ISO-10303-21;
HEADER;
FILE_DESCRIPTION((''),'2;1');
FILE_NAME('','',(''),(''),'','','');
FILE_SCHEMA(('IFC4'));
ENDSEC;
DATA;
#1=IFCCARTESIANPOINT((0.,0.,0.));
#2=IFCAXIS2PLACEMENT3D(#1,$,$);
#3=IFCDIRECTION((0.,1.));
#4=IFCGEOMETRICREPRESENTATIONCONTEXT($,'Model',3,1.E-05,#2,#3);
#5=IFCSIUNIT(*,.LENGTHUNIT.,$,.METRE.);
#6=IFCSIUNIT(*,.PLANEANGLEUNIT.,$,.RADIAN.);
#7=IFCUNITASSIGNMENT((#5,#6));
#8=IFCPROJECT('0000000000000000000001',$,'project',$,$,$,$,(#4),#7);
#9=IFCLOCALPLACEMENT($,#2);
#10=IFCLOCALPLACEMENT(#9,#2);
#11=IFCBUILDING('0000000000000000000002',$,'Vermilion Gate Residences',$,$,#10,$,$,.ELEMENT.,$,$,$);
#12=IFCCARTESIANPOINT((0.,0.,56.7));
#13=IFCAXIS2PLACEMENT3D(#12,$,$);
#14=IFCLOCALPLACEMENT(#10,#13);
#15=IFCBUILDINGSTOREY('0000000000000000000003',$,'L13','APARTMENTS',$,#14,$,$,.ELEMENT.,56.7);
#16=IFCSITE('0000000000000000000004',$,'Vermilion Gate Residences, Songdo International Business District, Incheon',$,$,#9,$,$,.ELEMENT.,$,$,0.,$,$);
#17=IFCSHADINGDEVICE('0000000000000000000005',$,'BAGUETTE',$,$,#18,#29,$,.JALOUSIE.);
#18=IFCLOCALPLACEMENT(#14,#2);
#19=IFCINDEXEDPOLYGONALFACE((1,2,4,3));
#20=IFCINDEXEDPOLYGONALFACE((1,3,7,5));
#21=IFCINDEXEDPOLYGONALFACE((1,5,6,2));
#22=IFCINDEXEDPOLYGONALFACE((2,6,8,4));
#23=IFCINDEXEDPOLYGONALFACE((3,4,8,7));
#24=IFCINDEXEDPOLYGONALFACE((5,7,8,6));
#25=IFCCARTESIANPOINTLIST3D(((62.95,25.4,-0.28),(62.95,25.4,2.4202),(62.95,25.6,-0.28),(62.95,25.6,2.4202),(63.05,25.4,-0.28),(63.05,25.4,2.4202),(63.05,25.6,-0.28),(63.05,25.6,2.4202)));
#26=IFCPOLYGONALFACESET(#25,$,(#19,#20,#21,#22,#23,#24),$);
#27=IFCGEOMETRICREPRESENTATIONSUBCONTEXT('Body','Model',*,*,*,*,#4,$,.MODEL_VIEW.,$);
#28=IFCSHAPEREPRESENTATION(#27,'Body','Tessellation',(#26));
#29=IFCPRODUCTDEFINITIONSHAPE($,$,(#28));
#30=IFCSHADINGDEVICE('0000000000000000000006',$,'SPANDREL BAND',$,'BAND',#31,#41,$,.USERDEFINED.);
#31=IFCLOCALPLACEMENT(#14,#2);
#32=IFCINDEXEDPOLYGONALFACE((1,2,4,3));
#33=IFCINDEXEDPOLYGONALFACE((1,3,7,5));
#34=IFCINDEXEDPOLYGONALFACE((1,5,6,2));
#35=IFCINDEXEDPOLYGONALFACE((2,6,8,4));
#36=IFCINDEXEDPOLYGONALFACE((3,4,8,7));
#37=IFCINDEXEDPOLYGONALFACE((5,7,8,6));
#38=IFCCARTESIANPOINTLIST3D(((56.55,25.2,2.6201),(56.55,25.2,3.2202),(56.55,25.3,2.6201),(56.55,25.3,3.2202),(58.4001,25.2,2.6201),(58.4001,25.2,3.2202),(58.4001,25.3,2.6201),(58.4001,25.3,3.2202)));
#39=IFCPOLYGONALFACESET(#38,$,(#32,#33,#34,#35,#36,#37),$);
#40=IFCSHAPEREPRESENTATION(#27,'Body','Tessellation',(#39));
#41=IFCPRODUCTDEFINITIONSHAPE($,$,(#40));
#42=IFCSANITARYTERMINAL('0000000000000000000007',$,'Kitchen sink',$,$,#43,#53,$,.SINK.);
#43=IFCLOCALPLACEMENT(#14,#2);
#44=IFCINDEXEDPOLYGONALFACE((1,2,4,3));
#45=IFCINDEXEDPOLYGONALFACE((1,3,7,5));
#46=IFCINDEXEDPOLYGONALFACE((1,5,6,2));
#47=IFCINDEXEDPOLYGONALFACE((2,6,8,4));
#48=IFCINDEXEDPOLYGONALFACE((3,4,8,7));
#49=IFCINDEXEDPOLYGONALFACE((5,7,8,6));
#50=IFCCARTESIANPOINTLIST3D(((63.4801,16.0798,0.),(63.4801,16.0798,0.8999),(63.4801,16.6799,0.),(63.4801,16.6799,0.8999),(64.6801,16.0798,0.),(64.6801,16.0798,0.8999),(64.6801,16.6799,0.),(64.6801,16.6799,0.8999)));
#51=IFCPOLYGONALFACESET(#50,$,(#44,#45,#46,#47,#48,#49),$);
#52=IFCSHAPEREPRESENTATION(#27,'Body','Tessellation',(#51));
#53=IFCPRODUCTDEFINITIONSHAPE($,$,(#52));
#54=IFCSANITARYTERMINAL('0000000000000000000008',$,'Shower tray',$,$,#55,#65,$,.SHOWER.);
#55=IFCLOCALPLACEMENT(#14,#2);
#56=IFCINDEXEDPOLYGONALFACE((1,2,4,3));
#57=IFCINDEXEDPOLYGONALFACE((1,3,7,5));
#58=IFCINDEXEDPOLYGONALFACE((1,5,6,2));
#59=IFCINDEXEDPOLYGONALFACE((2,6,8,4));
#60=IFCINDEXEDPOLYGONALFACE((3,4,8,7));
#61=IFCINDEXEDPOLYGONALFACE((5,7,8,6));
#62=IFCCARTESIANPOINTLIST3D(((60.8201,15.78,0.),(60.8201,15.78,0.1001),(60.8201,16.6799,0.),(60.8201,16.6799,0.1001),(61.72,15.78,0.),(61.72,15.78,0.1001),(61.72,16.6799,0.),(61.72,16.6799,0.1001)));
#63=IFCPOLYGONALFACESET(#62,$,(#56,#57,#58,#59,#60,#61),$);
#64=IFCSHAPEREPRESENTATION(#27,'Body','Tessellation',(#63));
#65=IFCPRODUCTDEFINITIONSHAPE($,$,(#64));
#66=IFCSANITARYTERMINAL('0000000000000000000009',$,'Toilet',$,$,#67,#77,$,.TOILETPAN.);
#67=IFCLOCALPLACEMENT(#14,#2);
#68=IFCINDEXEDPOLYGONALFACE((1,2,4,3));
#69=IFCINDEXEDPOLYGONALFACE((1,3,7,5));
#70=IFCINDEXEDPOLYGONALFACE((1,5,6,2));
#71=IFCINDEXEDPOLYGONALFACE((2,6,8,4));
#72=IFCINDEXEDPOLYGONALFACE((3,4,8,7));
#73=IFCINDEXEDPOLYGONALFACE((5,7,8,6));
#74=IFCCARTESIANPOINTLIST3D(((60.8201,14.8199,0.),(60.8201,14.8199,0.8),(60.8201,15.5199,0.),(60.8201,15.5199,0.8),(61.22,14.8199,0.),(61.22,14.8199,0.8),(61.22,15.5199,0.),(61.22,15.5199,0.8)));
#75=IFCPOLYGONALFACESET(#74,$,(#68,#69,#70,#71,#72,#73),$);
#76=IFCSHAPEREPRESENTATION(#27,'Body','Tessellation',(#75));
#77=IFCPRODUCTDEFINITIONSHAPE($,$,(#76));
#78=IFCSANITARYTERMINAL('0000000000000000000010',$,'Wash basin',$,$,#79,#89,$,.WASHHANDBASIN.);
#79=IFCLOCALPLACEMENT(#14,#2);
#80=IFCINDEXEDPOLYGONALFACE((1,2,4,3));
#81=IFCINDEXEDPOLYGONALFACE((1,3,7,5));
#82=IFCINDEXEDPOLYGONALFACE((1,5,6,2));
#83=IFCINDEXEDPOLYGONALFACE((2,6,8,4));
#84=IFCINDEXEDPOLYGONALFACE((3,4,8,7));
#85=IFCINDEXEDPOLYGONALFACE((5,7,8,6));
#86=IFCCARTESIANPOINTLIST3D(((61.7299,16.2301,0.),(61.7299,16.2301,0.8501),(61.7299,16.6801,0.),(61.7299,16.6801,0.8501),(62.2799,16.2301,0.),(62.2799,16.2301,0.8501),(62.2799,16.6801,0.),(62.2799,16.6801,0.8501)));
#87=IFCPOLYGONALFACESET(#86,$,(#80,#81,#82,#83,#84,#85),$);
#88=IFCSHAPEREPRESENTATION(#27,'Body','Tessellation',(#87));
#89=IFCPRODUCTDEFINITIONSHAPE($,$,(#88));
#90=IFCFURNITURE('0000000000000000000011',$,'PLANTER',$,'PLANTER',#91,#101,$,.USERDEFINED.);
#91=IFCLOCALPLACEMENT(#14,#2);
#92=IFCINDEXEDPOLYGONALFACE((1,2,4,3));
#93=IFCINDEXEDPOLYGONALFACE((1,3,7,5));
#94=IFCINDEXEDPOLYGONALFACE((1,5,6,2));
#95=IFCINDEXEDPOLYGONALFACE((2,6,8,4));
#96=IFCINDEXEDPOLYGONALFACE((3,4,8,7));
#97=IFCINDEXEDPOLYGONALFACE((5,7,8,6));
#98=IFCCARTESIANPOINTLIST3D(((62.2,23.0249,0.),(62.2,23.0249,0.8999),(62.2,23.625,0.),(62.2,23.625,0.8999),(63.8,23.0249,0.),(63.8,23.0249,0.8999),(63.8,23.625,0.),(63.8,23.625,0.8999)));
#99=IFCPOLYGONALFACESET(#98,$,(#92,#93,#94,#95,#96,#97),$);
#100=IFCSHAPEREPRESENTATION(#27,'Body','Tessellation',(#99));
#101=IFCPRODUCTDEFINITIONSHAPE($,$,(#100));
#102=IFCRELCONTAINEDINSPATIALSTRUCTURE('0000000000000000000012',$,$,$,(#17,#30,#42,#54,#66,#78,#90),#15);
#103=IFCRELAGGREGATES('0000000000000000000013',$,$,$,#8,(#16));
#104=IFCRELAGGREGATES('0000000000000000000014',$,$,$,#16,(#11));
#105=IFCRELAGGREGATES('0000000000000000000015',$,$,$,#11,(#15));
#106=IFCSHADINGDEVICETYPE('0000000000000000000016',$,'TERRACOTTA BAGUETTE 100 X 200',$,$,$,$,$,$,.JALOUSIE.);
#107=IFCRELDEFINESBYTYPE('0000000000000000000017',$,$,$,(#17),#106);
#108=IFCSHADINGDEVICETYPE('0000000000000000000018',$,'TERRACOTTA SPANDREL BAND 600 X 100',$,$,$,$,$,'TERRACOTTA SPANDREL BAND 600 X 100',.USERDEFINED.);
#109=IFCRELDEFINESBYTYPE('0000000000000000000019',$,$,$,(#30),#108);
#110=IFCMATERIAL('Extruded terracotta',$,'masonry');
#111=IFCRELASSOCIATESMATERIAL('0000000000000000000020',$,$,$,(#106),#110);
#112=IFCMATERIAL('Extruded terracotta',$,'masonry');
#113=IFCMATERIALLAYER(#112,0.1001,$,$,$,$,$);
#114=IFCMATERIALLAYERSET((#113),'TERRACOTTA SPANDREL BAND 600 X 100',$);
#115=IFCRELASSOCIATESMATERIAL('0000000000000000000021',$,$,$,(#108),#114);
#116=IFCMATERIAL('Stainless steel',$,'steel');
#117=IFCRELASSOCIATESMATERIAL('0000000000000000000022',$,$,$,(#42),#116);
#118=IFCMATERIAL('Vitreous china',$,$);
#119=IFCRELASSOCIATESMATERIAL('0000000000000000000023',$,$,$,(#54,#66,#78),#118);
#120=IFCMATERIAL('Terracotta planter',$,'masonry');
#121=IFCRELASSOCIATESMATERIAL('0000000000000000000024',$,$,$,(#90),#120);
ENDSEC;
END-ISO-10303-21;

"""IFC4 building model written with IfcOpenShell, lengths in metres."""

from ifc_helpers import new_model, si_unit, direction, frame, origin, origin_2d, place, context, subcontext, project, spatial, rectangle, extrude, material, layer, layer_set, material_profile, profile_set, type_object, element, save


model = new_model("IFC4")

# Units and contexts
model_context = context("Model", 3, precision=1e-05, world=origin(), true_north=direction((0.0, 1.0)))
body_context = subcontext(model_context, "Body", "Model", "MODEL_VIEW")
ifc_project = project(units=[si_unit("LENGTHUNIT", "METRE"), si_unit("PLANEANGLEUNIT", "RADIAN")], contexts=[model_context])

# Site, building, storey
site_placement = place(None, origin())
site = spatial("IfcSite", under=ifc_project, at=site_placement, Name="Vermilion Gate Residences, Songdo International Business District, Incheon", CompositionType="ELEMENT", RefElevation=0.0)
building_placement = place(site_placement, origin())
building = spatial("IfcBuilding", under=site, at=building_placement, Name="Vermilion Gate Residences", CompositionType="ELEMENT")
storey_placement = place(building_placement, frame((0.0, 0.0, 56.7)))
storey = spatial("IfcBuildingStorey", under=building, at=storey_placement, Name="L13", Description="APARTMENTS", CompositionType="ELEMENT", Elevation=56.7)

# Shading devices
ifc_material_1 = material(Name="Extruded terracotta", Category="masonry")
ifc_material_profile_1 = material_profile(ifc_material_1, rectangle(XDim=0.2, YDim=0.1001, at=origin_2d()), Name="BAGUETTE 100 X 200")
ifc_profile_set_1 = profile_set([ifc_material_profile_1], Name="Extruded terracotta")
shading_device_type_1 = type_object("IfcShadingDeviceType", Name="TERRACOTTA BAGUETTE 100 X 200", PredefinedType="JALOUSIE", material=ifc_profile_set_1)
for number, where, z_axis, x_axis, name in (
    (1, (63.0, 25.5, -0.28), (0.0, 0.0, 1.0), (0.0, -1.0, 0.0), "BAGUETTE"),
):
    element("IfcShadingDevice", number, at=place(storey_placement, frame(where, z_axis=z_axis, x_axis=x_axis)), inside=storey, type_object=shading_device_type_1, Name=name, PredefinedType="JALOUSIE", context=body_context, shape_type="SweptSolid", body=[
        extrude(rectangle(XDim=0.2, YDim=0.1001, at=origin_2d()), origin(), (0.0, 0.0, 1.0), 2.7002),
    ])
ifc_material_2 = material(Name="Extruded terracotta", Category="masonry")
ifc_layer_1 = layer(ifc_material_2, 0.1001)
ifc_layer_set_1 = layer_set([ifc_layer_1], Name="TERRACOTTA SPANDREL BAND 600 X 100")
shading_device_type_2 = type_object("IfcShadingDeviceType", Name="TERRACOTTA SPANDREL BAND 600 X 100", ElementType="TERRACOTTA SPANDREL BAND 600 X 100", PredefinedType="USERDEFINED", material=ifc_layer_set_1)
shading_device_1_placement = place(storey_placement, frame((57.4751, 25.25, 2.6201), z_axis=(0.0, 0.0, 1.0), x_axis=(1.0, 0.0, 0.0)))
element("IfcShadingDevice", 2, at=shading_device_1_placement, inside=storey, type_object=shading_device_type_2, Name="SPANDREL BAND", ObjectType="BAND", PredefinedType="USERDEFINED", context=body_context, shape_type="SweptSolid", body=[
    extrude(rectangle(XDim=1.8501, YDim=0.1001, at=origin_2d()), origin(), (0.0, 0.0, 1.0), 0.6001),
])

# Sanitary terminals
ifc_material_3 = material(Name="Stainless steel", Category="steel")
sanitary_terminal_1_placement = place(storey_placement, frame((64.0801, 16.3799, 0.0), z_axis=(0.0, 0.0, 1.0), x_axis=(1.0, 0.0, 0.0)))
element("IfcSanitaryTerminal", 3, at=sanitary_terminal_1_placement, inside=storey, material=ifc_material_3, Name="Kitchen sink", PredefinedType="SINK", context=body_context, shape_type="SweptSolid", body=[
    extrude(rectangle(XDim=1.2, YDim=0.6001, at=origin_2d()), origin(), (0.0, 0.0, 1.0), 0.8999),
])
ifc_material_4 = material(Name="Vitreous china")
sanitary_terminal_2_placement = place(storey_placement, frame((61.27, 16.23, 0.0), z_axis=(0.0, 0.0, 1.0), x_axis=(1.0, 0.0, 0.0)))
element("IfcSanitaryTerminal", 4, at=sanitary_terminal_2_placement, inside=storey, material=ifc_material_4, Name="Shower tray", PredefinedType="SHOWER", context=body_context, shape_type="SweptSolid", body=[
    extrude(rectangle(XDim=0.8999, YDim=0.8999, at=origin_2d()), origin(), (0.0, 0.0, 1.0), 0.1001),
])
sanitary_terminal_3_placement = place(storey_placement, frame((61.02, 15.1699, 0.0), z_axis=(0.0, 0.0, 1.0), x_axis=(1.0, 0.0, 0.0)))
element("IfcSanitaryTerminal", 5, at=sanitary_terminal_3_placement, inside=storey, material=ifc_material_4, Name="Toilet", PredefinedType="TOILETPAN", context=body_context, shape_type="SweptSolid", body=[
    extrude(rectangle(XDim=0.3999, YDim=0.7, at=origin_2d()), origin(), (0.0, 0.0, 1.0), 0.8),
])
sanitary_terminal_4_placement = place(storey_placement, frame((62.0049, 16.4551, 0.0), z_axis=(0.0, 0.0, 1.0), x_axis=(1.0, 0.0, 0.0)))
element("IfcSanitaryTerminal", 6, at=sanitary_terminal_4_placement, inside=storey, material=ifc_material_4, Name="Wash basin", PredefinedType="WASHHANDBASIN", context=body_context, shape_type="SweptSolid", body=[
    extrude(rectangle(XDim=0.55, YDim=0.45, at=origin_2d()), origin(), (0.0, 0.0, 1.0), 0.8501),
])

# Furniture
ifc_material_5 = material(Name="Terracotta planter", Category="masonry")
furniture_placement = place(storey_placement, frame((63.0, 23.325, 0.0), z_axis=(0.0, 0.0, 1.0), x_axis=(-1.0, 0.0, 0.0)))
element("IfcFurniture", 7, at=furniture_placement, inside=storey, material=ifc_material_5, Name="PLANTER", ObjectType="PLANTER", PredefinedType="USERDEFINED", context=body_context, shape_type="SweptSolid", body=[
    extrude(rectangle(XDim=1.6001, YDim=0.6001, at=origin_2d()), origin(), (0.0, 0.0, 1.0), 0.8999),
])

save(model, "model.ifc")
